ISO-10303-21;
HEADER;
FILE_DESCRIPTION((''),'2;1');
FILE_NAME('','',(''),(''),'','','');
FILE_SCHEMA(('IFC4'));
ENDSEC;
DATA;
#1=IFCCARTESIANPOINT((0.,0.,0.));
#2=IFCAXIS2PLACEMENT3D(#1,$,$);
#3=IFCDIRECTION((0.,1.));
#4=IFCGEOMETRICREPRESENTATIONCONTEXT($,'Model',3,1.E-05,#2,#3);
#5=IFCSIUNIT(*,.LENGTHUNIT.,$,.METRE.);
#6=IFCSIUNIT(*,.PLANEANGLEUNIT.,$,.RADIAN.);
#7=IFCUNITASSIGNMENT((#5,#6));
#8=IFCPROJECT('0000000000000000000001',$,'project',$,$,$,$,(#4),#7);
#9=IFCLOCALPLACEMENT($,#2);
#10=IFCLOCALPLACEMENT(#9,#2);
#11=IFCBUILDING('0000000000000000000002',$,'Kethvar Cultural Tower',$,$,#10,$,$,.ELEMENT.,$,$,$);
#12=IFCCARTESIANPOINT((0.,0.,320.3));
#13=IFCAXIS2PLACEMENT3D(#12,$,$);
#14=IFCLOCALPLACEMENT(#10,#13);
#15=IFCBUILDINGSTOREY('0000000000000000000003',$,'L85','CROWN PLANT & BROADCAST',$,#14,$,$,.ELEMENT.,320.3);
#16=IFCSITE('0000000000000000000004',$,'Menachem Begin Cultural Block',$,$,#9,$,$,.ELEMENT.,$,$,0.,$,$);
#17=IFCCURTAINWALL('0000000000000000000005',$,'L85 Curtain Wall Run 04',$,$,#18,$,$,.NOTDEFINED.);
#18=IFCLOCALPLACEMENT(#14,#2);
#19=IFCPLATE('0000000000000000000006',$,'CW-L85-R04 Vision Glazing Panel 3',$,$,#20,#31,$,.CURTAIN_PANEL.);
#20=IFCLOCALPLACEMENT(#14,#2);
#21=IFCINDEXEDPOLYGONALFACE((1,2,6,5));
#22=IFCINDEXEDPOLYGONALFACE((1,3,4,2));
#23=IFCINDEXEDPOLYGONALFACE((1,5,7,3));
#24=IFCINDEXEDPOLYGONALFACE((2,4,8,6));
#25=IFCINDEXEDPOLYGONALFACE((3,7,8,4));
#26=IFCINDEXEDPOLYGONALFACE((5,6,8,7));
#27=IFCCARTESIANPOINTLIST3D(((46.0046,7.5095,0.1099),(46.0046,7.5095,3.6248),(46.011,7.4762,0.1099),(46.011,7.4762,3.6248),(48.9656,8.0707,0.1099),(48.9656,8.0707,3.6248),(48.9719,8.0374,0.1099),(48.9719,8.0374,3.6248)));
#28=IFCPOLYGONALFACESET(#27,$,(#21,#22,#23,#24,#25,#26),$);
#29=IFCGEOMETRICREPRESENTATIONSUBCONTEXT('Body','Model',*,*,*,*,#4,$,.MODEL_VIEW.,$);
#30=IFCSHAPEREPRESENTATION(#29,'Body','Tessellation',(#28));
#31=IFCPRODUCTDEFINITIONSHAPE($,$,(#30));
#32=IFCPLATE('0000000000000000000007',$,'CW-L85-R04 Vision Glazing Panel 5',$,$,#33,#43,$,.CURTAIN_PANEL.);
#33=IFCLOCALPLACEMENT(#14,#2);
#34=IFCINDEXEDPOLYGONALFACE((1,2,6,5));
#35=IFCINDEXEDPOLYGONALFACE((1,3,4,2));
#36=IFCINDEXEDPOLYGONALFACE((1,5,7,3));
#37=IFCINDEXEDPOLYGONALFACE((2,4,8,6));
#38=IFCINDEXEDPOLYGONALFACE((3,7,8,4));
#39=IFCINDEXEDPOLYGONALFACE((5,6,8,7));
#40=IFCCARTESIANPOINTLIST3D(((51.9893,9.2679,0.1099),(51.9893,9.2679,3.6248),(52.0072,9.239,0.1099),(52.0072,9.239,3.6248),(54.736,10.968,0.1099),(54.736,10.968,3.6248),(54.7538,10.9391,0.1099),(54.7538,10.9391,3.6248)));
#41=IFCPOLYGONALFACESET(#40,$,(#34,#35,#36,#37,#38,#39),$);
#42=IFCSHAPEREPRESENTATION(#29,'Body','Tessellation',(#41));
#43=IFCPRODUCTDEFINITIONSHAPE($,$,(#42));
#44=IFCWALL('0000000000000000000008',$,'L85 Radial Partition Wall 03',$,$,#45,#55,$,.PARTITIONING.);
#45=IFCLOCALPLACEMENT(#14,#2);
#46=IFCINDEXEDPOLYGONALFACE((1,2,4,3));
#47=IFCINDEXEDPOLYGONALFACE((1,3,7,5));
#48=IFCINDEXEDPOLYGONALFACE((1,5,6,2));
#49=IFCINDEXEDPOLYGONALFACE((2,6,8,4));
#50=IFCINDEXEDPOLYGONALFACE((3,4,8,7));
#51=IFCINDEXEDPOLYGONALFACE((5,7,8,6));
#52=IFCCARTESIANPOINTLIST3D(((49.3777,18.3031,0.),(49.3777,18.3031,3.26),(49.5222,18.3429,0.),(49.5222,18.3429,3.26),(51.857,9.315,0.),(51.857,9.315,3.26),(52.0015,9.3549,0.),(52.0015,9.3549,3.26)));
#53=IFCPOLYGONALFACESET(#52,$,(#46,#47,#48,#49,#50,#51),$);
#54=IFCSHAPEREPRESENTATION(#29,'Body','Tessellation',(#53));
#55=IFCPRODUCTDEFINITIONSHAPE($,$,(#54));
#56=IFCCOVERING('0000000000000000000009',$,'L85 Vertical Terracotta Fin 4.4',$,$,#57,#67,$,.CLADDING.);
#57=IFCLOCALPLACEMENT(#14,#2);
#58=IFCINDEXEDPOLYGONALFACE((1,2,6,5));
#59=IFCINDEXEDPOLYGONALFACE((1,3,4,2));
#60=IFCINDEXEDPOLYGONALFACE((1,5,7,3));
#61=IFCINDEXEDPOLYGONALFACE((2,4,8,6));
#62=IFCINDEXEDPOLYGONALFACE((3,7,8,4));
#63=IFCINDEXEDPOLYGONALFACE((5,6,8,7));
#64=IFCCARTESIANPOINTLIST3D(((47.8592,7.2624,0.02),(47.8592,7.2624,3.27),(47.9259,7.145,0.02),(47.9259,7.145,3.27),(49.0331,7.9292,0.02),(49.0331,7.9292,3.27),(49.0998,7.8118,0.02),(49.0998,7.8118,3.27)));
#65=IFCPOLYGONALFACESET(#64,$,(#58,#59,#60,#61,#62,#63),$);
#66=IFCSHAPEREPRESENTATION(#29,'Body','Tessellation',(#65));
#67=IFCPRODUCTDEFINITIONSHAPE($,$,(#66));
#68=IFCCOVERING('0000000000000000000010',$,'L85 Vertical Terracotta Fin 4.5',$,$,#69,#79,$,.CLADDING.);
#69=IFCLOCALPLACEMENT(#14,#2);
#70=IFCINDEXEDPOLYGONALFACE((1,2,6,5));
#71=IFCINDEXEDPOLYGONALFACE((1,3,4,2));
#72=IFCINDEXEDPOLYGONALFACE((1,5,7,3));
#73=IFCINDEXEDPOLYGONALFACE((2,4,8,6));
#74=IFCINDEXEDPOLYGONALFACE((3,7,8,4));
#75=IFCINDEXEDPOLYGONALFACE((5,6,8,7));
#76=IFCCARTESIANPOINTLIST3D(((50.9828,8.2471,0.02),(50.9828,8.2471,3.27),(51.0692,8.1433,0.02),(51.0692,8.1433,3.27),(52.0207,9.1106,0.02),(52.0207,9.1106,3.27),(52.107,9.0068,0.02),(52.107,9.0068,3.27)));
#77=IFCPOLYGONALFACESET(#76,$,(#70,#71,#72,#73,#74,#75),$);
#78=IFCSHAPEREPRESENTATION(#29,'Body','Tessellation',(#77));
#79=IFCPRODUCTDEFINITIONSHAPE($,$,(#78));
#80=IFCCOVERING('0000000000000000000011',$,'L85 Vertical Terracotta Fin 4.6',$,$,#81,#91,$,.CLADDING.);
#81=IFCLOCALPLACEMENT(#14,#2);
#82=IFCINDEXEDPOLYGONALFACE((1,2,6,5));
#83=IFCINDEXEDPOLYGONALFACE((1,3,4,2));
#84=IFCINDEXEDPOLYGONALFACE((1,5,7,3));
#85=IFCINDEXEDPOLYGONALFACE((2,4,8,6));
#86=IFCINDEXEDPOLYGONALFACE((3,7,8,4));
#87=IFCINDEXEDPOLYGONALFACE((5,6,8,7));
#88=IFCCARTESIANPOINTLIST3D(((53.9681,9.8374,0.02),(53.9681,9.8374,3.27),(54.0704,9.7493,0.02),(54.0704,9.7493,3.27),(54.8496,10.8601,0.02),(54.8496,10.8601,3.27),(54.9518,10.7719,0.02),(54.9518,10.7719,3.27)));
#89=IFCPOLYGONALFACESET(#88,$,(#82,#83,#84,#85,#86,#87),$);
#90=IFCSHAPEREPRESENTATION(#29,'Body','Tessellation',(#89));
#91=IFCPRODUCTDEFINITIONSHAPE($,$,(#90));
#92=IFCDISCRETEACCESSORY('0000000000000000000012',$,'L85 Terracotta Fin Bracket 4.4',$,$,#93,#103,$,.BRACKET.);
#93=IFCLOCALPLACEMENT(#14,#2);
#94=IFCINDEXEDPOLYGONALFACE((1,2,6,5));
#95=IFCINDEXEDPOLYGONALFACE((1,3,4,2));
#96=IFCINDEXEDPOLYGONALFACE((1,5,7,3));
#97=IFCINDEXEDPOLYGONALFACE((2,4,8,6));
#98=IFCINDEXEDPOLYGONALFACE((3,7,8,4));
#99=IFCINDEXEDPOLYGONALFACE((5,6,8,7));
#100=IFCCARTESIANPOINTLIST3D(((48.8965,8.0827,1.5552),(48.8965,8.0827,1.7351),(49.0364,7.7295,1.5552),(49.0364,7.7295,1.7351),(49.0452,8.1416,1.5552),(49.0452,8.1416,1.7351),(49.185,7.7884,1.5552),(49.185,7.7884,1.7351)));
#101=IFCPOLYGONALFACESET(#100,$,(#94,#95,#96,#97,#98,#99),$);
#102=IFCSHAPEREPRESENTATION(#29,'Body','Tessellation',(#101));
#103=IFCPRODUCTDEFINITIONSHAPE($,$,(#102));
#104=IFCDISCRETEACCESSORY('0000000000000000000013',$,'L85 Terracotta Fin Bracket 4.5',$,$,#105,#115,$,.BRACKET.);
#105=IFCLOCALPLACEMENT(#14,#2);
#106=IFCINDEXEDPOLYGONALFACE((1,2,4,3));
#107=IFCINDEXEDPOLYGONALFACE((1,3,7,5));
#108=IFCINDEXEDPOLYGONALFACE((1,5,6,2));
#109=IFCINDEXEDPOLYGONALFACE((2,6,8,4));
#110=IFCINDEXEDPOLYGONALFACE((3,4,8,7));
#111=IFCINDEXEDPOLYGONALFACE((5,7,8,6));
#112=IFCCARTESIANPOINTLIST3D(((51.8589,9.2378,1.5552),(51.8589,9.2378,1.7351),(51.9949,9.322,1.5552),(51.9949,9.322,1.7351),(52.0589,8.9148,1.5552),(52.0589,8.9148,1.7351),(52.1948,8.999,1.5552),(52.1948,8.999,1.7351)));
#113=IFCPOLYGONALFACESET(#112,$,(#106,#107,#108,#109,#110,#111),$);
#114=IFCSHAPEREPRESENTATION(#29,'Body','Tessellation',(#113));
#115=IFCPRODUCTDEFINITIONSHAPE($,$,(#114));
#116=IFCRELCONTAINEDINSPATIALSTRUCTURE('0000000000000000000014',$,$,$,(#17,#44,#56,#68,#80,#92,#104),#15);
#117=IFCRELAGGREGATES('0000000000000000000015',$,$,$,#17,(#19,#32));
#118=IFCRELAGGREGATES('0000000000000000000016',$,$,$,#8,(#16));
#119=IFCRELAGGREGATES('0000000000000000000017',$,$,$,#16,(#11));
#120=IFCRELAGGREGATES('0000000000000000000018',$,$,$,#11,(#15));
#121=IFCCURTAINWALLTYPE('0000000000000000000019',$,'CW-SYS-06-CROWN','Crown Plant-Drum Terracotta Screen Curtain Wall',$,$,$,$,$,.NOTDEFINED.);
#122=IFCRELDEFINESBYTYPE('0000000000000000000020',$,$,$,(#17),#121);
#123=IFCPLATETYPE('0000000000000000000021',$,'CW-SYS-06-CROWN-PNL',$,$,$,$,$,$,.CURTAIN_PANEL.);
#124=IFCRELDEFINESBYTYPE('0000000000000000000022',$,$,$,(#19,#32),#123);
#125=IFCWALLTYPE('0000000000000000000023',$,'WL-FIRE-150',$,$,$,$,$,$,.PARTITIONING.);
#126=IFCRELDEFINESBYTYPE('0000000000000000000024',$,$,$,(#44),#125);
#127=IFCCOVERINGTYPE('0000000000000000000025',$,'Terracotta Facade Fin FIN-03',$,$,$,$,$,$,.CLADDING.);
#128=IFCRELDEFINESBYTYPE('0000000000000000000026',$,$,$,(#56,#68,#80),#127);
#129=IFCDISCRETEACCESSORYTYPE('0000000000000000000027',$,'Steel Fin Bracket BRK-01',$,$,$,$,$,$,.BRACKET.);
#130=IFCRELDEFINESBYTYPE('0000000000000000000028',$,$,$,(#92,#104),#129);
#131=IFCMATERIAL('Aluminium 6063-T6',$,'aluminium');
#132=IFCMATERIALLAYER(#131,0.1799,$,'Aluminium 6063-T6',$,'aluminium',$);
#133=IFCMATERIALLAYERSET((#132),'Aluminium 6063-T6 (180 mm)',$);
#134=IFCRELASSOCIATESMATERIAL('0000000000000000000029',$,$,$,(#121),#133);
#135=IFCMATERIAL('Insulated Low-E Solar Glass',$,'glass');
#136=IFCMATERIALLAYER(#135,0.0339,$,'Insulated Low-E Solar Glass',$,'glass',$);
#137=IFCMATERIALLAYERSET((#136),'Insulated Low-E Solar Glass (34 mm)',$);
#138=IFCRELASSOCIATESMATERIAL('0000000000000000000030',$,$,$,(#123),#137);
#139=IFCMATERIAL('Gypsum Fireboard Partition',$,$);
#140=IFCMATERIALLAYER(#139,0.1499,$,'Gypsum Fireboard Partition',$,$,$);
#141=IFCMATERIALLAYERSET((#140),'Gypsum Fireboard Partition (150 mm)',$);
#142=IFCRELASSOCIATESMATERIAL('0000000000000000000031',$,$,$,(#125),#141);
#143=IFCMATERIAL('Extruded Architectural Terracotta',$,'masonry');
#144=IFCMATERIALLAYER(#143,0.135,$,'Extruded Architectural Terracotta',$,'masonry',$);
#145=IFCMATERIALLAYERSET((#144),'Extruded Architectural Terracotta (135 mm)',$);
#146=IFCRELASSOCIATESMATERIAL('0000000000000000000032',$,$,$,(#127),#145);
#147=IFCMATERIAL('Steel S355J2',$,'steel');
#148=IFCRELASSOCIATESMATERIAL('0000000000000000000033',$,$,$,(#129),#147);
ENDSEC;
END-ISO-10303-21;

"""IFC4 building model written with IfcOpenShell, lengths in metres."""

from ifc_helpers import new_model, si_unit, direction, frame, frame_2d, origin, origin_2d, place, context, subcontext, project, spatial, rectangle, extrude, source, transform, mapped, material, layer, layer_set, type_object, element, aggregate, save


model = new_model("IFC4")

# Units and contexts
model_context = context("Model", 3, precision=1e-05, world=origin(), true_north=direction((0.0, 1.0)))
body_context = subcontext(model_context, "Body", "Model", "MODEL_VIEW")
ifc_project = project(units=[si_unit("LENGTHUNIT", "METRE"), si_unit("PLANEANGLEUNIT", "RADIAN")], contexts=[model_context])

# Site, building, storey
site_placement = place(None, origin())
site = spatial("IfcSite", under=ifc_project, at=site_placement, Name="Menachem Begin Cultural Block", CompositionType="ELEMENT", RefElevation=0.0)
building_placement = place(site_placement, origin())
building = spatial("IfcBuilding", under=site, at=building_placement, Name="Kethvar Cultural Tower", CompositionType="ELEMENT")
storey_placement = place(building_placement, frame((0.0, 0.0, 320.3)))
storey = spatial("IfcBuildingStorey", under=building, at=storey_placement, Name="L85", Description="CROWN PLANT & BROADCAST", CompositionType="ELEMENT", Elevation=320.3)

# Shared definitions
ifc_material_1 = material(Name="Steel S355J2", Category="steel")

# Curtain wall, plates
ifc_material_2 = material(Name="Aluminium 6063-T6", Category="aluminium")
ifc_layer_1 = layer(ifc_material_2, 0.1799, Name="Aluminium 6063-T6", Category="aluminium")
ifc_layer_set_1 = layer_set([ifc_layer_1], Name="Aluminium 6063-T6 (180 mm)")
curtain_wall_type = type_object("IfcCurtainWallType", Name="CW-SYS-06-CROWN", Description="Crown Plant-Drum Terracotta Screen Curtain Wall", PredefinedType="NOTDEFINED", material=ifc_layer_set_1)
curtain_wall_placement = place(storey_placement, origin())
curtain_wall = element("IfcCurtainWall", 1, at=curtain_wall_placement, inside=storey, type_object=curtain_wall_type, Name="L85 Curtain Wall Run 04", PredefinedType="NOTDEFINED")
ifc_material_3 = material(Name="Insulated Low-E Solar Glass", Category="glass")
ifc_layer_2 = layer(ifc_material_3, 0.0339, Name="Insulated Low-E Solar Glass", Category="glass")
ifc_layer_set_2 = layer_set([ifc_layer_2], Name="Insulated Low-E Solar Glass (34 mm)")
plate_type = type_object("IfcPlateType", Name="CW-SYS-06-CROWN-PNL", PredefinedType="CURTAIN_PANEL", material=ifc_layer_set_2)
shared_shape_1 = source(origin(), body_context, "Body", "SweptSolid", [
    extrude(rectangle(XDim=3.0137, YDim=0.0339, at=origin_2d()), origin(), (0.0, 0.0, 1.0), 3.5149),
])
plate_1_placement = place(storey_placement, frame((47.4883, 7.7734, 0.1099), z_axis=(0.0, 0.0, 1.0), x_axis=(0.982509, 0.186215, 0.0)))
plate_1 = element("IfcPlate", 2, at=plate_1_placement, type_object=plate_type, Name="CW-L85-R04 Vision Glazing Panel 3", PredefinedType="CURTAIN_PANEL", context=body_context, shape_type="MappedRepresentation", body=[
    mapped(shared_shape_1, transform((0.0, 0.0, 0.0), scale=1.0)),
])
shared_shape_2 = source(origin(), body_context, "Body", "SweptSolid", [
    extrude(rectangle(XDim=3.2302, YDim=0.0339, at=origin_2d()), origin(), (0.0, 0.0, 1.0), 3.5149),
])
plate_2_placement = place(storey_placement, frame((53.3716, 10.1035, 0.1099), z_axis=(0.0, 0.0, 1.0), x_axis=(0.850297, 0.526303, 0.0)))
plate_2 = element("IfcPlate", 3, at=plate_2_placement, type_object=plate_type, Name="CW-L85-R04 Vision Glazing Panel 5", PredefinedType="CURTAIN_PANEL", context=body_context, shape_type="MappedRepresentation", body=[
    mapped(shared_shape_2, transform((0.0, 0.0, 0.0), scale=1.0)),
])
aggregate(curtain_wall, [plate_1, plate_2])

# Wall
ifc_material_4 = material(Name="Gypsum Fireboard Partition")
ifc_layer_3 = layer(ifc_material_4, 0.1499, Name="Gypsum Fireboard Partition")
ifc_layer_set_3 = layer_set([ifc_layer_3], Name="Gypsum Fireboard Partition (150 mm)")
wall_type = type_object("IfcWallType", Name="WL-FIRE-150", PredefinedType="PARTITIONING", material=ifc_layer_set_3)
wall_placement = place(storey_placement, frame((49.45, 18.323, 0.0), z_axis=(0.0, 0.0, 1.0), x_axis=(0.265908, -0.963998, 0.0)))
element("IfcWall", 4, at=wall_placement, inside=storey, type_object=wall_type, Name="L85 Radial Partition Wall 03", PredefinedType="PARTITIONING", context=body_context, shape_type="SweptSolid", body=[
    extrude(rectangle(XDim=9.3237, YDim=0.1499, at=frame_2d((4.6619, 0.0))), origin(), (0.0, 0.0, 1.0), 3.26),
])

# Coverings
ifc_material_5 = material(Name="Extruded Architectural Terracotta", Category="masonry")
ifc_layer_4 = layer(ifc_material_5, 0.135, Name="Extruded Architectural Terracotta", Category="masonry")
ifc_layer_set_4 = layer_set([ifc_layer_4], Name="Extruded Architectural Terracotta (135 mm)")
covering_type = type_object("IfcCoveringType", Name="Terracotta Facade Fin FIN-03", PredefinedType="CLADDING", material=ifc_layer_set_4)
shared_shape_3 = source(origin(), body_context, "Body", "SweptSolid", [
    extrude(rectangle(XDim=1.3501, YDim=0.135, at=origin_2d()), origin(), (0.0, 0.0, 1.0), 3.25),
])
for number, where, z_axis, x_axis, name in (
    (5, (48.4795, 7.5371, 0.02), (0.0, 0.0, 1.0), (-0.869495, -0.493942, 0.0), "L85 Vertical Terracotta Fin 4.4"),
    (6, (51.5449, 8.627, 0.02), (0.0, 0.0, 1.0), (-0.76873, -0.639573, 0.0), "L85 Vertical Terracotta Fin 4.5"),
    (7, (54.46, 10.3047, 0.02), (0.0, 0.0, 1.0), (-0.652892, -0.757451, 0.0), "L85 Vertical Terracotta Fin 4.6"),
):
    element("IfcCovering", number, at=place(storey_placement, frame(where, z_axis=z_axis, x_axis=x_axis)), inside=storey, type_object=covering_type, Name=name, PredefinedType="CLADDING", context=body_context, shape_type="MappedRepresentation", body=[
        mapped(shared_shape_3, transform((0.0, 0.0, 0.0), scale=1.0)),
    ])

# Discrete accessories
discrete_accessory_type = type_object("IfcDiscreteAccessoryType", Name="Steel Fin Bracket BRK-01", PredefinedType="BRACKET", material=ifc_material_1)
shared_shape_4 = source(origin(), body_context, "Body", "SweptSolid", [
    extrude(rectangle(XDim=0.3799, YDim=0.1599, at=origin_2d()), origin(), (0.0, 0.0, 1.0), 0.1799),
])
for number, where, z_axis, x_axis, name in (
    (8, (49.0408, 7.9355, 1.5552), (0.0, 0.0, 1.0), (0.368125, -0.929776, 0.0), "L85 Terracotta Fin Bracket 4.4"),
    (9, (52.0269, 9.1184, 1.5552), (0.0, 0.0, 1.0), (0.526362, -0.85026, 0.0), "L85 Terracotta Fin Bracket 4.5"),
):
    element("IfcDiscreteAccessory", number, at=place(storey_placement, frame(where, z_axis=z_axis, x_axis=x_axis)), inside=storey, type_object=discrete_accessory_type, Name=name, PredefinedType="BRACKET", context=body_context, shape_type="MappedRepresentation", body=[
        mapped(shared_shape_4, transform((0.0, 0.0, 0.0), scale=1.0)),
    ])

save(model, "model.ifc")
